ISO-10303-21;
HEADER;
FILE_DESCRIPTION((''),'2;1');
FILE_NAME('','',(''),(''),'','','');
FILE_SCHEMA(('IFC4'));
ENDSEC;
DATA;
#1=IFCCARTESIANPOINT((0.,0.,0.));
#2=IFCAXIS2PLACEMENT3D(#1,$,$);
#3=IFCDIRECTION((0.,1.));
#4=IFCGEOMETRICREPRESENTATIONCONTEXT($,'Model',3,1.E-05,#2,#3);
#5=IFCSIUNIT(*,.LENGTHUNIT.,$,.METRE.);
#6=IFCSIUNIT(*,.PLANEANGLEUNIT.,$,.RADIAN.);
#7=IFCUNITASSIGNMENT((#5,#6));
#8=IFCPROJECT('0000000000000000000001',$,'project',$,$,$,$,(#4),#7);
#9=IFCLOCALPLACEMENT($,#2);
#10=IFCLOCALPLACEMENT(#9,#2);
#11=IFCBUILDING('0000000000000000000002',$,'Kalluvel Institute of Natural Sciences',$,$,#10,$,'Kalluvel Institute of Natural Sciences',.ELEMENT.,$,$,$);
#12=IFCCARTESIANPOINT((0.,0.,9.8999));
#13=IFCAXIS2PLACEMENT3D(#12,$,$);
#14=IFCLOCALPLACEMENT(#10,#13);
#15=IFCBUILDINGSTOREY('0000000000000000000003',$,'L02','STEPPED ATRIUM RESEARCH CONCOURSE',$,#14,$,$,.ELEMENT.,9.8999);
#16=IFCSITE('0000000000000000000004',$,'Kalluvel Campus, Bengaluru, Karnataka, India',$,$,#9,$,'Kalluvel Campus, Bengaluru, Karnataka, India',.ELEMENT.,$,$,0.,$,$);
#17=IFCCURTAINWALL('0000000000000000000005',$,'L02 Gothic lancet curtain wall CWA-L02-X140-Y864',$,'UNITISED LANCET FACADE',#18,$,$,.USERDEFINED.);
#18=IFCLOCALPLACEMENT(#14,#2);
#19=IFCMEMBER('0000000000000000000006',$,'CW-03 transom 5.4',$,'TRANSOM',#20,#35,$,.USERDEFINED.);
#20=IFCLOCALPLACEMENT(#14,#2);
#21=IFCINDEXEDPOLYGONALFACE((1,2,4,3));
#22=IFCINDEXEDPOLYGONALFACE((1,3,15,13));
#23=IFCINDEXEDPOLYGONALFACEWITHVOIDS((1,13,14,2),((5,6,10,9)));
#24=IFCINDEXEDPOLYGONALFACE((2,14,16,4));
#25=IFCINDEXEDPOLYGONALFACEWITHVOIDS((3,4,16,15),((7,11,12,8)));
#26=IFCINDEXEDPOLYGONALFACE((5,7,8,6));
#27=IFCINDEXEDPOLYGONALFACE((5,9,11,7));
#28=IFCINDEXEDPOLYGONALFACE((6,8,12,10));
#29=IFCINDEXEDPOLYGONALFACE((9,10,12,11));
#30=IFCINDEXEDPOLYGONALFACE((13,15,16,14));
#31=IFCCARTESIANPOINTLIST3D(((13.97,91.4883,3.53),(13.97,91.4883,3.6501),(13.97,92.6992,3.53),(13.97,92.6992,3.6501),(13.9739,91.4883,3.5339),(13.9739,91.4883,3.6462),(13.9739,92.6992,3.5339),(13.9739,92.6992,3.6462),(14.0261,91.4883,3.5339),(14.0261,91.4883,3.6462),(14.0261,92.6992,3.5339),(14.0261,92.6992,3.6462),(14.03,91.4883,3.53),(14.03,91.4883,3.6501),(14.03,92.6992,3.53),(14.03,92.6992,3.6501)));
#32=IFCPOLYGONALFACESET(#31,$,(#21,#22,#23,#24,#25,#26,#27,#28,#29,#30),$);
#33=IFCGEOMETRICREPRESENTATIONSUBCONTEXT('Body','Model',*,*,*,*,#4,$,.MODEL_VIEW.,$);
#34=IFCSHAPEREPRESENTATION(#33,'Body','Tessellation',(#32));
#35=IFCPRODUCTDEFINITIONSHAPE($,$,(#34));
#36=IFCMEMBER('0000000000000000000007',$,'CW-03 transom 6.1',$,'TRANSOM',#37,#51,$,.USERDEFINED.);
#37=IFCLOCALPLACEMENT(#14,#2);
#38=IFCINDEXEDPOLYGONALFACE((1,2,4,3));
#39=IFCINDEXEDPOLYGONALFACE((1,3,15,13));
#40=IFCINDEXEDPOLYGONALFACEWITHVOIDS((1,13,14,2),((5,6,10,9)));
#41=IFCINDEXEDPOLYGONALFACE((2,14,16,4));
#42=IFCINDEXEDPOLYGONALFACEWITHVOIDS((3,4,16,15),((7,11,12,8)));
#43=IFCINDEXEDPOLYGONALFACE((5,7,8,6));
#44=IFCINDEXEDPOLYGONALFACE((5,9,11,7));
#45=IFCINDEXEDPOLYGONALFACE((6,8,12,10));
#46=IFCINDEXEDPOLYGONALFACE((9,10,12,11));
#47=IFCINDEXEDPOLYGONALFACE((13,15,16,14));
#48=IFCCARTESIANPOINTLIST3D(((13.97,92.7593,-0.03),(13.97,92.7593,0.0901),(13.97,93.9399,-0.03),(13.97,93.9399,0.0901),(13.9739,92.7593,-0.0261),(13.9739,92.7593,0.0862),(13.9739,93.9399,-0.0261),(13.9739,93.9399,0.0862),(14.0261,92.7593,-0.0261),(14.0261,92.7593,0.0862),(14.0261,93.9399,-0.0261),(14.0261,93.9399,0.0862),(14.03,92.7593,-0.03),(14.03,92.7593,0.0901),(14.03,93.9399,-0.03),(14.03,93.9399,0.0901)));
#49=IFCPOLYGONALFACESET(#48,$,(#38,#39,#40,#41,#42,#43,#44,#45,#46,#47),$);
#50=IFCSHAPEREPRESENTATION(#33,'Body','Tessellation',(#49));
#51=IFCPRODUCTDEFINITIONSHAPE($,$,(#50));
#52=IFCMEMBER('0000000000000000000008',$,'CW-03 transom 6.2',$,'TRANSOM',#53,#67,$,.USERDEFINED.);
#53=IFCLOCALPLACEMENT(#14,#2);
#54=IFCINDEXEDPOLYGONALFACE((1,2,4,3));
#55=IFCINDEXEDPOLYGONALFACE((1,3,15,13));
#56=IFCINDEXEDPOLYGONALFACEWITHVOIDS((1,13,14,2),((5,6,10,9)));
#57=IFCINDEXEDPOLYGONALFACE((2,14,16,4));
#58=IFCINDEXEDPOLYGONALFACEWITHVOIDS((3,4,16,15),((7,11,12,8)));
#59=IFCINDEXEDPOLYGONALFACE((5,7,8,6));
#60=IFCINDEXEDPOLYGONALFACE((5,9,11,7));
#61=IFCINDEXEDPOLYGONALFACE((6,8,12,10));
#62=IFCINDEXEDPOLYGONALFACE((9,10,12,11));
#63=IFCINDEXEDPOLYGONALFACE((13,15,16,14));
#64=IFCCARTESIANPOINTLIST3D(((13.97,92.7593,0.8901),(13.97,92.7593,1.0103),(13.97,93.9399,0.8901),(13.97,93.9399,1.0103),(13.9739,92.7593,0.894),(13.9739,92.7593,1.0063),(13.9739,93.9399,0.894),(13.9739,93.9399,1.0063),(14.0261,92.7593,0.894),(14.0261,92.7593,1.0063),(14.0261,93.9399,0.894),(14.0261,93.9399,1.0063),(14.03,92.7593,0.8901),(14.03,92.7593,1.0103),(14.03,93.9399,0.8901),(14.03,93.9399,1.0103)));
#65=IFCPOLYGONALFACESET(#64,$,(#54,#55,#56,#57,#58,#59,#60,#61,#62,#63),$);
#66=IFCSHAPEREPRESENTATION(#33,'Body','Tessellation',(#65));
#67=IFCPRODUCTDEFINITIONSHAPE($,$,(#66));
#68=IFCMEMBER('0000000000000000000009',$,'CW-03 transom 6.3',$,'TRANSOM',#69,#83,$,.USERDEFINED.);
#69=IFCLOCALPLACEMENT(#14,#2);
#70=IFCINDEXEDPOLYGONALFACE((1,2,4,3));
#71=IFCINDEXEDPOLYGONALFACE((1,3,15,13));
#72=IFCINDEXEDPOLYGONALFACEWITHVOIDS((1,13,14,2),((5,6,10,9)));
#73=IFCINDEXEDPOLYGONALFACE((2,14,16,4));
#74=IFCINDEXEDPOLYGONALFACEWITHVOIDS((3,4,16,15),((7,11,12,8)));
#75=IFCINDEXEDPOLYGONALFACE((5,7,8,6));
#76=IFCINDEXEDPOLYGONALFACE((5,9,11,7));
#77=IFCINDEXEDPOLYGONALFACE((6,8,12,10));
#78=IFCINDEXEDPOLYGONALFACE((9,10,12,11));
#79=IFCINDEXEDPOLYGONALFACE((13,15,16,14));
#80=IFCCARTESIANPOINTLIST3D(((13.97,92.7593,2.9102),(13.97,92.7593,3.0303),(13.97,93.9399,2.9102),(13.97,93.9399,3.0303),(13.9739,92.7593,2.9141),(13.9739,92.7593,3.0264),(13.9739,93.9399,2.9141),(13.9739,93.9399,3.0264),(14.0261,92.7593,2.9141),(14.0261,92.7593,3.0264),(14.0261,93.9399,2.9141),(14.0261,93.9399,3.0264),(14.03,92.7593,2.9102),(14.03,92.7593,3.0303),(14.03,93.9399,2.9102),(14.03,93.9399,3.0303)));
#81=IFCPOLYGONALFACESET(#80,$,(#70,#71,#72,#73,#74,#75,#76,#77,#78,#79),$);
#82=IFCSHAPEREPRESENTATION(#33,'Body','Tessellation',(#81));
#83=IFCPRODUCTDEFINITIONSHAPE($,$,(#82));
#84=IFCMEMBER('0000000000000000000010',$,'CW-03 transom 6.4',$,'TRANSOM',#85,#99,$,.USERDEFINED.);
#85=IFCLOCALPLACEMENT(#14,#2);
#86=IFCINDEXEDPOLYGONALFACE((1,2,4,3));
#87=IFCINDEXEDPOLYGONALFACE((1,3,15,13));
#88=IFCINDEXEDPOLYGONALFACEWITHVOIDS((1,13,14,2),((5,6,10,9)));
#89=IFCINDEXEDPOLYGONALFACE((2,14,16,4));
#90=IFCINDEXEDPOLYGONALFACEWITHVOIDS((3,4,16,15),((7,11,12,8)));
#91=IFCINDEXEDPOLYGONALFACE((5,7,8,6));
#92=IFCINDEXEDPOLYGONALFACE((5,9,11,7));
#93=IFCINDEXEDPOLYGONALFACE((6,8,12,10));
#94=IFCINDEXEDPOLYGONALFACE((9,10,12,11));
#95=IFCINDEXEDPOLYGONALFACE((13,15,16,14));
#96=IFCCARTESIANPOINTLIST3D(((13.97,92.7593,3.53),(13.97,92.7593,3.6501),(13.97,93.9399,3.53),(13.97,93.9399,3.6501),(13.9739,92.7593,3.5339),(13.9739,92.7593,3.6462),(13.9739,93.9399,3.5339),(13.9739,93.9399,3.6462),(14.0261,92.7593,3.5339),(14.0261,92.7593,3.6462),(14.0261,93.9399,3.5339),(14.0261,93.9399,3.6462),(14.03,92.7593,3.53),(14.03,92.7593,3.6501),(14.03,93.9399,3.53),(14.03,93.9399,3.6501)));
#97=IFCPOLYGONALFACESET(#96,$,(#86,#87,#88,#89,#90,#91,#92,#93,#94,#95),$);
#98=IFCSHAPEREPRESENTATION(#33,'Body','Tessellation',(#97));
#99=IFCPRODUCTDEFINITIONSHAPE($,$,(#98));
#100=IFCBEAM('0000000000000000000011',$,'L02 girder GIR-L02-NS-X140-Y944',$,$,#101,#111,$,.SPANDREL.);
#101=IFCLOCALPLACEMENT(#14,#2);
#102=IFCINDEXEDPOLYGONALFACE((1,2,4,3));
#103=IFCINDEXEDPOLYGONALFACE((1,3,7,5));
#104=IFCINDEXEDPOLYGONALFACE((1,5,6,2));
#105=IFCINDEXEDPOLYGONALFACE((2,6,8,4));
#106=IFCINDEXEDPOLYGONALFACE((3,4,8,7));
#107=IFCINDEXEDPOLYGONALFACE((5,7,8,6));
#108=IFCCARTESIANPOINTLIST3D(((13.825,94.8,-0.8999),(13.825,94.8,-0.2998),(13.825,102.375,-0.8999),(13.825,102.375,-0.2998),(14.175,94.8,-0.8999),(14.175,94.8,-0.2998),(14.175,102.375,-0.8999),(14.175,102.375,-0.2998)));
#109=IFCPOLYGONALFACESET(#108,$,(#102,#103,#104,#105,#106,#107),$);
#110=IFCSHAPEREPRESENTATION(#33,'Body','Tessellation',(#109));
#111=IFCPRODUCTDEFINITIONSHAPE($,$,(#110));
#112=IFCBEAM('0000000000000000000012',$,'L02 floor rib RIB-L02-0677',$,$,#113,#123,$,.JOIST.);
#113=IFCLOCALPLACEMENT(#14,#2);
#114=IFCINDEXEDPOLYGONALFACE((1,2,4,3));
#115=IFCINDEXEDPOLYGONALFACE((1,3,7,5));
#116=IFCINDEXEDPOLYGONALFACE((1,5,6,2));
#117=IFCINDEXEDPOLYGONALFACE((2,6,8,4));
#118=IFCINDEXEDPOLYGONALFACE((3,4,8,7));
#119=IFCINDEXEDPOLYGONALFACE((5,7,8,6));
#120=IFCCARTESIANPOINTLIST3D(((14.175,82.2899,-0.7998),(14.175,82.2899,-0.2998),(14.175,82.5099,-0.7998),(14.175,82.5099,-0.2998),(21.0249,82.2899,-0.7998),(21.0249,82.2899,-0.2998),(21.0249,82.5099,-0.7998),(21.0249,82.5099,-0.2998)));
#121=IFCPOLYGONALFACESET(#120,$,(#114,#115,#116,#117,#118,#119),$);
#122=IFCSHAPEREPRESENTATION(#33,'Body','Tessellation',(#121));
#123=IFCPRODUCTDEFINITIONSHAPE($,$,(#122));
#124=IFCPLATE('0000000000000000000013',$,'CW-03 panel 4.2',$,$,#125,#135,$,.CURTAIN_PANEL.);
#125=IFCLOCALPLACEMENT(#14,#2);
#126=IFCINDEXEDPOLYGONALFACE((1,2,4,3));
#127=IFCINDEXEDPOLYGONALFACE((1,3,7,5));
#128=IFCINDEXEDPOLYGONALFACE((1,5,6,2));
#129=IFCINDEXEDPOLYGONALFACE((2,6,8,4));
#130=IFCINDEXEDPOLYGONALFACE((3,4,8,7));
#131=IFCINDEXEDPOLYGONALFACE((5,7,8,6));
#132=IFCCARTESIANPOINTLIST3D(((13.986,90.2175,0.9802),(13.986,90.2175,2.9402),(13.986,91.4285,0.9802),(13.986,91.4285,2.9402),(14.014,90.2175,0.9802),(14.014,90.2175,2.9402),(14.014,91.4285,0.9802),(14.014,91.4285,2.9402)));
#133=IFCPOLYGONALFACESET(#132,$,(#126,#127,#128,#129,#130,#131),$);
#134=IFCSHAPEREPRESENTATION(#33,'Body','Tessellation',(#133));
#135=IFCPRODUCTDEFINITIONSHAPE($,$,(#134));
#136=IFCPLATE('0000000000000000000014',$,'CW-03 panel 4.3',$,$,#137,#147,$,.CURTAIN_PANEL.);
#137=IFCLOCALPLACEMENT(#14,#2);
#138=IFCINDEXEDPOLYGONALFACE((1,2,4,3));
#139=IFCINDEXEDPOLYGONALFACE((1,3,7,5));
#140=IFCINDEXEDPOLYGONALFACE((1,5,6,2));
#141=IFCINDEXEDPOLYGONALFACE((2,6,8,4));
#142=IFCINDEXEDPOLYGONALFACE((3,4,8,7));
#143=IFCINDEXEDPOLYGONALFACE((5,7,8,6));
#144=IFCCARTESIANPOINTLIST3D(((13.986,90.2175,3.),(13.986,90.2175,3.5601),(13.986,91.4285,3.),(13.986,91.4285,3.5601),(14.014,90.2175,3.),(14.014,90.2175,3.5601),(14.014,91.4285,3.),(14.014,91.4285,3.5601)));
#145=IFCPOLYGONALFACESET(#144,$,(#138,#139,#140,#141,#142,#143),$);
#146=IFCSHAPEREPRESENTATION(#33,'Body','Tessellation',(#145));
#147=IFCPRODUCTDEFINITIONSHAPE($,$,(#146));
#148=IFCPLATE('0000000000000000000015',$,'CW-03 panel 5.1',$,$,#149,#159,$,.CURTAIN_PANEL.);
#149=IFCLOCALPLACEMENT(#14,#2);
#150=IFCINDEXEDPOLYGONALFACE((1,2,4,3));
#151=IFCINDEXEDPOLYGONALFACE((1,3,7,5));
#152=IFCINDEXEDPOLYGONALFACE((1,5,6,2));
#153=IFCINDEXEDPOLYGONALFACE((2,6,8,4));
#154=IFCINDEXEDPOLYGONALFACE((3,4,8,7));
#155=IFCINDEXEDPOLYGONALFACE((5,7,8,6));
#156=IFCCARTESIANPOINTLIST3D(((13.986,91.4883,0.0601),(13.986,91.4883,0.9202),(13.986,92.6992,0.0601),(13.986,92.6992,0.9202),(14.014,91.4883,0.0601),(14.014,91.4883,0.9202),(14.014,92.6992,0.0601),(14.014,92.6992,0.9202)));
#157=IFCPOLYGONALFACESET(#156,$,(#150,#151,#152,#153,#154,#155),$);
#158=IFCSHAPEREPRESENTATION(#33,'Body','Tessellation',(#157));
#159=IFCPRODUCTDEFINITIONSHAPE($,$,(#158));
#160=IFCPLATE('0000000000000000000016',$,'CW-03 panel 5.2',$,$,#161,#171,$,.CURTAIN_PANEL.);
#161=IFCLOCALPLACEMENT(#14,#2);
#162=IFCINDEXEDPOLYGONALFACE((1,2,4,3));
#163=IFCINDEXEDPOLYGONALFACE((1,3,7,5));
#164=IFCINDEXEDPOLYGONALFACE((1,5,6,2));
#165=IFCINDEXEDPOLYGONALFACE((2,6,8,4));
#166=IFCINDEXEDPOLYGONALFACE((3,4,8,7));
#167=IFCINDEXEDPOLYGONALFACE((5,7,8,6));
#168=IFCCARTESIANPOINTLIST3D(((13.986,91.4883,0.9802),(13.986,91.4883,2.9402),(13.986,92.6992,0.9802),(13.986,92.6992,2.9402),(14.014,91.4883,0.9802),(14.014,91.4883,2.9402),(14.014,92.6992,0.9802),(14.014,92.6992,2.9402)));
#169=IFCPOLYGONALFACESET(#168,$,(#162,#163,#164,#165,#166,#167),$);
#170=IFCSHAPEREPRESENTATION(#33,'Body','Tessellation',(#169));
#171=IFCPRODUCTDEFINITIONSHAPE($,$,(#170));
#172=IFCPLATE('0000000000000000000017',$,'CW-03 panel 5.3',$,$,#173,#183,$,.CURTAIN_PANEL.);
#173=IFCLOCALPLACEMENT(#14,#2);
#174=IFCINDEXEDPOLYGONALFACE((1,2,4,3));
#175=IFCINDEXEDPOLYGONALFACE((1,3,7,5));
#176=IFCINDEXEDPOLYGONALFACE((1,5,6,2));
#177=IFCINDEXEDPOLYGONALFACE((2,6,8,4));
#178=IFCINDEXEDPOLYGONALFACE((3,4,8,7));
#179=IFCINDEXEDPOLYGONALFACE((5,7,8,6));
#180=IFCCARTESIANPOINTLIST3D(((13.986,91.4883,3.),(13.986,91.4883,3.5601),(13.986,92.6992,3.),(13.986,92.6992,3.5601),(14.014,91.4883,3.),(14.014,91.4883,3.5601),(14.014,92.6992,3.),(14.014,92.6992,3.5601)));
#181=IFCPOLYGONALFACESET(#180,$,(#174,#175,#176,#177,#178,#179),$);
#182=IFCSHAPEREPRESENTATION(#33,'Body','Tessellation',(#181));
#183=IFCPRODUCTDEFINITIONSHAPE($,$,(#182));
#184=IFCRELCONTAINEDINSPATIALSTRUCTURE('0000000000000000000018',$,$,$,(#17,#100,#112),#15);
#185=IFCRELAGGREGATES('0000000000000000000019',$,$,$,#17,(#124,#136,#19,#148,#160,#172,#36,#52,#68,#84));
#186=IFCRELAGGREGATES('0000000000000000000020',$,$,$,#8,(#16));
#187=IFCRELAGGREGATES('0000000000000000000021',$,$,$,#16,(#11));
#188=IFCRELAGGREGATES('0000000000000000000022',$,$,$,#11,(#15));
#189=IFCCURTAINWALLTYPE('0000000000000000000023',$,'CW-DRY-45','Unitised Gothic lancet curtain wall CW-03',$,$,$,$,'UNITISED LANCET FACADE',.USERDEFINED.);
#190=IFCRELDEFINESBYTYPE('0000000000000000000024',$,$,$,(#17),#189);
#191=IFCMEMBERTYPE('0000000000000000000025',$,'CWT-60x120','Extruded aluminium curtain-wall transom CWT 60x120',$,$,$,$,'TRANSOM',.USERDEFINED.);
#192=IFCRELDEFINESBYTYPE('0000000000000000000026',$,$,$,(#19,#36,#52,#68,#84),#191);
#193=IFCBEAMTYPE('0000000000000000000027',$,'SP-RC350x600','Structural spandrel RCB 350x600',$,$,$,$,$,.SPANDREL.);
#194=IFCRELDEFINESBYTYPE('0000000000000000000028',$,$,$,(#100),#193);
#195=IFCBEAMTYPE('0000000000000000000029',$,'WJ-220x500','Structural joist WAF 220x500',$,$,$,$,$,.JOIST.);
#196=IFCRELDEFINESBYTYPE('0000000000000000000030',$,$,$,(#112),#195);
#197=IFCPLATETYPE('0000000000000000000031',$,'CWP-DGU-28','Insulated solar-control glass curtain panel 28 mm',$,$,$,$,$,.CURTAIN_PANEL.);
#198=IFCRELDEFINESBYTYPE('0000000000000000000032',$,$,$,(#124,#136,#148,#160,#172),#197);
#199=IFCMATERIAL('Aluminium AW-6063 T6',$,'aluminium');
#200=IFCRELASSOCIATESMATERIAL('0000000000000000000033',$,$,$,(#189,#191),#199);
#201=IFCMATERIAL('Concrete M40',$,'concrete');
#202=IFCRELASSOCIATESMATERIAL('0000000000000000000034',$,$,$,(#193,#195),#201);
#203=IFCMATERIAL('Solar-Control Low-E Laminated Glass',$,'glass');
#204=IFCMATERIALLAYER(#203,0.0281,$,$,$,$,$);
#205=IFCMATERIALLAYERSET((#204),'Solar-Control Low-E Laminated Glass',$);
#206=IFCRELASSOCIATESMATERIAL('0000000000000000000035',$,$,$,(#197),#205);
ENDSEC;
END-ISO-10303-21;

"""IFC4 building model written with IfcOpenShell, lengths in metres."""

from ifc_helpers import new_model, si_unit, direction, frame, origin, origin_2d, place, context, subcontext, project, spatial, rectangle, hollow_rectangle, extrude, material, layer, layer_set, material_profile, profile_set, type_object, element, aggregate, save


model = new_model("IFC4")

# Units and contexts
model_context = context("Model", 3, precision=1e-05, world=origin(), true_north=direction((0.0, 1.0)))
body_context = subcontext(model_context, "Body", "Model", "MODEL_VIEW")
ifc_project = project(units=[si_unit("LENGTHUNIT", "METRE"), si_unit("PLANEANGLEUNIT", "RADIAN")], contexts=[model_context])

# Site, building, storey
site_placement = place(None, origin())
site = spatial("IfcSite", under=ifc_project, at=site_placement, Name="Kalluvel Campus, Bengaluru, Karnataka, India", LongName="Kalluvel Campus, Bengaluru, Karnataka, India", CompositionType="ELEMENT", RefElevation=0.0)
building_placement = place(site_placement, origin())
building = spatial("IfcBuilding", under=site, at=building_placement, Name="Kalluvel Institute of Natural Sciences", LongName="Kalluvel Institute of Natural Sciences", CompositionType="ELEMENT")
storey_placement = place(building_placement, frame((0.0, 0.0, 9.8999)))
storey = spatial("IfcBuildingStorey", under=building, at=storey_placement, Name="L02", Description="STEPPED ATRIUM RESEARCH CONCOURSE", CompositionType="ELEMENT", Elevation=9.8999)

# Shared definitions
ifc_material_1 = material(Name="Concrete M40", Category="concrete")

# Curtain wall, members
ifc_material_2 = material(Name="Aluminium AW-6063 T6", Category="aluminium")
curtain_wall_type = type_object("IfcCurtainWallType", Name="CW-DRY-45", Description="Unitised Gothic lancet curtain wall CW-03", ElementType="UNITISED LANCET FACADE", PredefinedType="USERDEFINED", material=ifc_material_2)
curtain_wall_placement = place(storey_placement, origin())
curtain_wall = element("IfcCurtainWall", 1, at=curtain_wall_placement, inside=storey, type_object=curtain_wall_type, Name="L02 Gothic lancet curtain wall CWA-L02-X140-Y864", ObjectType="UNITISED LANCET FACADE", PredefinedType="USERDEFINED")
ifc_material_profile_1 = material_profile(ifc_material_2, hollow_rectangle(XDim=0.0601, YDim=0.1201, WallThickness=0.0039, at=origin_2d()), Name="CWT 60x120")
ifc_profile_set_1 = profile_set([ifc_material_profile_1], Name="Aluminium AW-6063 T6")
member_type_1 = type_object("IfcMemberType", Name="CWT-60x120", Description="Extruded aluminium curtain-wall transom CWT 60x120", ElementType="TRANSOM", PredefinedType="USERDEFINED", material=ifc_profile_set_1)
member_1_placement = place(storey_placement, frame((14.0, 91.4883, 3.5901), z_axis=(0.0, 1.0, 0.0), x_axis=(-1.0, 0.0, 0.0)))
member_1 = element("IfcMember", 2, at=member_1_placement, type_object=member_type_1, Name="CW-03 transom 5.4", ObjectType="TRANSOM", PredefinedType="USERDEFINED", context=body_context, shape_type="SweptSolid", body=[
    extrude(hollow_rectangle(XDim=0.0601, YDim=0.1201, WallThickness=0.0039, at=origin_2d()), origin(), (0.0, 0.0, 1.0), 1.2109),
])
member_2_placement = place(storey_placement, frame((14.0, 92.7593, 0.03), z_axis=(0.0, 1.0, 0.0), x_axis=(-1.0, 0.0, 0.0)))
member_2 = element("IfcMember", 3, at=member_2_placement, type_object=member_type_1, Name="CW-03 transom 6.1", ObjectType="TRANSOM", PredefinedType="USERDEFINED", context=body_context, shape_type="SweptSolid", body=[
    extrude(hollow_rectangle(XDim=0.0601, YDim=0.1201, WallThickness=0.0039, at=origin_2d()), origin(), (0.0, 0.0, 1.0), 1.1807),
])
member_3_placement = place(storey_placement, frame((14.0, 92.7593, 0.9502), z_axis=(0.0, 1.0, 0.0), x_axis=(-1.0, 0.0, 0.0)))
member_3 = element("IfcMember", 4, at=member_3_placement, type_object=member_type_1, Name="CW-03 transom 6.2", ObjectType="TRANSOM", PredefinedType="USERDEFINED", context=body_context, shape_type="SweptSolid", body=[
    extrude(hollow_rectangle(XDim=0.0601, YDim=0.1201, WallThickness=0.0039, at=origin_2d()), origin(), (0.0, 0.0, 1.0), 1.1807),
])
member_4_placement = place(storey_placement, frame((14.0, 92.7593, 2.9702), z_axis=(0.0, 1.0, 0.0), x_axis=(-1.0, 0.0, 0.0)))
member_4 = element("IfcMember", 5, at=member_4_placement, type_object=member_type_1, Name="CW-03 transom 6.3", ObjectType="TRANSOM", PredefinedType="USERDEFINED", context=body_context, shape_type="SweptSolid", body=[
    extrude(hollow_rectangle(XDim=0.0601, YDim=0.1201, WallThickness=0.0039, at=origin_2d()), origin(), (0.0, 0.0, 1.0), 1.1807),
])
member_5_placement = place(storey_placement, frame((14.0, 92.7593, 3.5901), z_axis=(0.0, 1.0, 0.0), x_axis=(-1.0, 0.0, 0.0)))
member_5 = element("IfcMember", 6, at=member_5_placement, type_object=member_type_1, Name="CW-03 transom 6.4", ObjectType="TRANSOM", PredefinedType="USERDEFINED", context=body_context, shape_type="SweptSolid", body=[
    extrude(hollow_rectangle(XDim=0.0601, YDim=0.1201, WallThickness=0.0039, at=origin_2d()), origin(), (0.0, 0.0, 1.0), 1.1807),
])

# Beams
ifc_material_profile_2 = material_profile(ifc_material_1, rectangle(XDim=0.3501, YDim=0.6001, at=origin_2d()), Name="RCB 350x600")
ifc_profile_set_2 = profile_set([ifc_material_profile_2], Name="Concrete M40")
beam_type_1 = type_object("IfcBeamType", Name="SP-RC350x600", Description="Structural spandrel RCB 350x600", PredefinedType="SPANDREL", material=ifc_profile_set_2)
beam_1_placement = place(storey_placement, frame((14.0, 94.8, -0.5999), z_axis=(0.0, 1.0, 0.0), x_axis=(-1.0, 0.0, 0.0)))
element("IfcBeam", 7, at=beam_1_placement, inside=storey, type_object=beam_type_1, Name="L02 girder GIR-L02-NS-X140-Y944", PredefinedType="SPANDREL", context=body_context, shape_type="SweptSolid", body=[
    extrude(rectangle(XDim=0.3501, YDim=0.6001, at=origin_2d()), origin(), (0.0, 0.0, 1.0), 7.575),
])
ifc_material_profile_3 = material_profile(ifc_material_1, rectangle(XDim=0.22, YDim=0.5, at=origin_2d()), Name="WAF 220x500")
ifc_profile_set_3 = profile_set([ifc_material_profile_3], Name="Concrete M40")
beam_type_2 = type_object("IfcBeamType", Name="WJ-220x500", Description="Structural joist WAF 220x500", PredefinedType="JOIST", material=ifc_profile_set_3)
beam_2_placement = place(storey_placement, frame((14.175, 82.3999, -0.5498), z_axis=(1.0, 0.0, 0.0), x_axis=(0.0, 1.0, 0.0)))
element("IfcBeam", 8, at=beam_2_placement, inside=storey, type_object=beam_type_2, Name="L02 floor rib RIB-L02-0677", PredefinedType="JOIST", context=body_context, shape_type="SweptSolid", body=[
    extrude(rectangle(XDim=0.22, YDim=0.5, at=origin_2d()), origin(), (0.0, 0.0, 1.0), 6.8499),
])

# Plates
ifc_material_3 = material(Name="Solar-Control Low-E Laminated Glass", Category="glass")
ifc_layer_1 = layer(ifc_material_3, 0.0281)
ifc_layer_set_1 = layer_set([ifc_layer_1], Name="Solar-Control Low-E Laminated Glass")
plate_type = type_object("IfcPlateType", Name="CWP-DGU-28", Description="Insulated solar-control glass curtain panel 28 mm", PredefinedType="CURTAIN_PANEL", material=ifc_layer_set_1)
plate_1_placement = place(storey_placement, frame((14.0, 90.823, 0.9802), z_axis=(0.0, 0.0, 1.0), x_axis=(0.0, 1.0, 0.0)))
plate_1 = element("IfcPlate", 9, at=plate_1_placement, type_object=plate_type, Name="CW-03 panel 4.2", PredefinedType="CURTAIN_PANEL", context=body_context, shape_type="SweptSolid", body=[
    extrude(rectangle(XDim=1.2109, YDim=0.0281, at=origin_2d()), origin(), (0.0, 0.0, 1.0), 1.96),
])
plate_2_placement = place(storey_placement, frame((14.0, 90.823, 3.0), z_axis=(0.0, 0.0, 1.0), x_axis=(0.0, 1.0, 0.0)))
plate_2 = element("IfcPlate", 10, at=plate_2_placement, type_object=plate_type, Name="CW-03 panel 4.3", PredefinedType="CURTAIN_PANEL", context=body_context, shape_type="SweptSolid", body=[
    extrude(rectangle(XDim=1.2109, YDim=0.0281, at=origin_2d()), origin(), (0.0, 0.0, 1.0), 0.5601),
])
plate_3_placement = place(storey_placement, frame((14.0, 92.0938, 0.0601), z_axis=(0.0, 0.0, 1.0), x_axis=(0.0, 1.0, 0.0)))
plate_3 = element("IfcPlate", 11, at=plate_3_placement, type_object=plate_type, Name="CW-03 panel 5.1", PredefinedType="CURTAIN_PANEL", context=body_context, shape_type="SweptSolid", body=[
    extrude(rectangle(XDim=1.2109, YDim=0.0281, at=origin_2d()), origin(), (0.0, 0.0, 1.0), 0.8601),
])
plate_4_placement = place(storey_placement, frame((14.0, 92.0938, 0.9802), z_axis=(0.0, 0.0, 1.0), x_axis=(0.0, 1.0, 0.0)))
plate_4 = element("IfcPlate", 12, at=plate_4_placement, type_object=plate_type, Name="CW-03 panel 5.2", PredefinedType="CURTAIN_PANEL", context=body_context, shape_type="SweptSolid", body=[
    extrude(rectangle(XDim=1.2109, YDim=0.0281, at=origin_2d()), origin(), (0.0, 0.0, 1.0), 1.96),
])
plate_5_placement = place(storey_placement, frame((14.0, 92.0938, 3.0), z_axis=(0.0, 0.0, 1.0), x_axis=(0.0, 1.0, 0.0)))
plate_5 = element("IfcPlate", 13, at=plate_5_placement, type_object=plate_type, Name="CW-03 panel 5.3", PredefinedType="CURTAIN_PANEL", context=body_context, shape_type="SweptSolid", body=[
    extrude(rectangle(XDim=1.2109, YDim=0.0281, at=origin_2d()), origin(), (0.0, 0.0, 1.0), 0.5601),
])
aggregate(curtain_wall, [plate_1, plate_2, member_1, plate_3, plate_4, plate_5, member_2, member_3, member_4, member_5])

save(model, "model.ifc")
